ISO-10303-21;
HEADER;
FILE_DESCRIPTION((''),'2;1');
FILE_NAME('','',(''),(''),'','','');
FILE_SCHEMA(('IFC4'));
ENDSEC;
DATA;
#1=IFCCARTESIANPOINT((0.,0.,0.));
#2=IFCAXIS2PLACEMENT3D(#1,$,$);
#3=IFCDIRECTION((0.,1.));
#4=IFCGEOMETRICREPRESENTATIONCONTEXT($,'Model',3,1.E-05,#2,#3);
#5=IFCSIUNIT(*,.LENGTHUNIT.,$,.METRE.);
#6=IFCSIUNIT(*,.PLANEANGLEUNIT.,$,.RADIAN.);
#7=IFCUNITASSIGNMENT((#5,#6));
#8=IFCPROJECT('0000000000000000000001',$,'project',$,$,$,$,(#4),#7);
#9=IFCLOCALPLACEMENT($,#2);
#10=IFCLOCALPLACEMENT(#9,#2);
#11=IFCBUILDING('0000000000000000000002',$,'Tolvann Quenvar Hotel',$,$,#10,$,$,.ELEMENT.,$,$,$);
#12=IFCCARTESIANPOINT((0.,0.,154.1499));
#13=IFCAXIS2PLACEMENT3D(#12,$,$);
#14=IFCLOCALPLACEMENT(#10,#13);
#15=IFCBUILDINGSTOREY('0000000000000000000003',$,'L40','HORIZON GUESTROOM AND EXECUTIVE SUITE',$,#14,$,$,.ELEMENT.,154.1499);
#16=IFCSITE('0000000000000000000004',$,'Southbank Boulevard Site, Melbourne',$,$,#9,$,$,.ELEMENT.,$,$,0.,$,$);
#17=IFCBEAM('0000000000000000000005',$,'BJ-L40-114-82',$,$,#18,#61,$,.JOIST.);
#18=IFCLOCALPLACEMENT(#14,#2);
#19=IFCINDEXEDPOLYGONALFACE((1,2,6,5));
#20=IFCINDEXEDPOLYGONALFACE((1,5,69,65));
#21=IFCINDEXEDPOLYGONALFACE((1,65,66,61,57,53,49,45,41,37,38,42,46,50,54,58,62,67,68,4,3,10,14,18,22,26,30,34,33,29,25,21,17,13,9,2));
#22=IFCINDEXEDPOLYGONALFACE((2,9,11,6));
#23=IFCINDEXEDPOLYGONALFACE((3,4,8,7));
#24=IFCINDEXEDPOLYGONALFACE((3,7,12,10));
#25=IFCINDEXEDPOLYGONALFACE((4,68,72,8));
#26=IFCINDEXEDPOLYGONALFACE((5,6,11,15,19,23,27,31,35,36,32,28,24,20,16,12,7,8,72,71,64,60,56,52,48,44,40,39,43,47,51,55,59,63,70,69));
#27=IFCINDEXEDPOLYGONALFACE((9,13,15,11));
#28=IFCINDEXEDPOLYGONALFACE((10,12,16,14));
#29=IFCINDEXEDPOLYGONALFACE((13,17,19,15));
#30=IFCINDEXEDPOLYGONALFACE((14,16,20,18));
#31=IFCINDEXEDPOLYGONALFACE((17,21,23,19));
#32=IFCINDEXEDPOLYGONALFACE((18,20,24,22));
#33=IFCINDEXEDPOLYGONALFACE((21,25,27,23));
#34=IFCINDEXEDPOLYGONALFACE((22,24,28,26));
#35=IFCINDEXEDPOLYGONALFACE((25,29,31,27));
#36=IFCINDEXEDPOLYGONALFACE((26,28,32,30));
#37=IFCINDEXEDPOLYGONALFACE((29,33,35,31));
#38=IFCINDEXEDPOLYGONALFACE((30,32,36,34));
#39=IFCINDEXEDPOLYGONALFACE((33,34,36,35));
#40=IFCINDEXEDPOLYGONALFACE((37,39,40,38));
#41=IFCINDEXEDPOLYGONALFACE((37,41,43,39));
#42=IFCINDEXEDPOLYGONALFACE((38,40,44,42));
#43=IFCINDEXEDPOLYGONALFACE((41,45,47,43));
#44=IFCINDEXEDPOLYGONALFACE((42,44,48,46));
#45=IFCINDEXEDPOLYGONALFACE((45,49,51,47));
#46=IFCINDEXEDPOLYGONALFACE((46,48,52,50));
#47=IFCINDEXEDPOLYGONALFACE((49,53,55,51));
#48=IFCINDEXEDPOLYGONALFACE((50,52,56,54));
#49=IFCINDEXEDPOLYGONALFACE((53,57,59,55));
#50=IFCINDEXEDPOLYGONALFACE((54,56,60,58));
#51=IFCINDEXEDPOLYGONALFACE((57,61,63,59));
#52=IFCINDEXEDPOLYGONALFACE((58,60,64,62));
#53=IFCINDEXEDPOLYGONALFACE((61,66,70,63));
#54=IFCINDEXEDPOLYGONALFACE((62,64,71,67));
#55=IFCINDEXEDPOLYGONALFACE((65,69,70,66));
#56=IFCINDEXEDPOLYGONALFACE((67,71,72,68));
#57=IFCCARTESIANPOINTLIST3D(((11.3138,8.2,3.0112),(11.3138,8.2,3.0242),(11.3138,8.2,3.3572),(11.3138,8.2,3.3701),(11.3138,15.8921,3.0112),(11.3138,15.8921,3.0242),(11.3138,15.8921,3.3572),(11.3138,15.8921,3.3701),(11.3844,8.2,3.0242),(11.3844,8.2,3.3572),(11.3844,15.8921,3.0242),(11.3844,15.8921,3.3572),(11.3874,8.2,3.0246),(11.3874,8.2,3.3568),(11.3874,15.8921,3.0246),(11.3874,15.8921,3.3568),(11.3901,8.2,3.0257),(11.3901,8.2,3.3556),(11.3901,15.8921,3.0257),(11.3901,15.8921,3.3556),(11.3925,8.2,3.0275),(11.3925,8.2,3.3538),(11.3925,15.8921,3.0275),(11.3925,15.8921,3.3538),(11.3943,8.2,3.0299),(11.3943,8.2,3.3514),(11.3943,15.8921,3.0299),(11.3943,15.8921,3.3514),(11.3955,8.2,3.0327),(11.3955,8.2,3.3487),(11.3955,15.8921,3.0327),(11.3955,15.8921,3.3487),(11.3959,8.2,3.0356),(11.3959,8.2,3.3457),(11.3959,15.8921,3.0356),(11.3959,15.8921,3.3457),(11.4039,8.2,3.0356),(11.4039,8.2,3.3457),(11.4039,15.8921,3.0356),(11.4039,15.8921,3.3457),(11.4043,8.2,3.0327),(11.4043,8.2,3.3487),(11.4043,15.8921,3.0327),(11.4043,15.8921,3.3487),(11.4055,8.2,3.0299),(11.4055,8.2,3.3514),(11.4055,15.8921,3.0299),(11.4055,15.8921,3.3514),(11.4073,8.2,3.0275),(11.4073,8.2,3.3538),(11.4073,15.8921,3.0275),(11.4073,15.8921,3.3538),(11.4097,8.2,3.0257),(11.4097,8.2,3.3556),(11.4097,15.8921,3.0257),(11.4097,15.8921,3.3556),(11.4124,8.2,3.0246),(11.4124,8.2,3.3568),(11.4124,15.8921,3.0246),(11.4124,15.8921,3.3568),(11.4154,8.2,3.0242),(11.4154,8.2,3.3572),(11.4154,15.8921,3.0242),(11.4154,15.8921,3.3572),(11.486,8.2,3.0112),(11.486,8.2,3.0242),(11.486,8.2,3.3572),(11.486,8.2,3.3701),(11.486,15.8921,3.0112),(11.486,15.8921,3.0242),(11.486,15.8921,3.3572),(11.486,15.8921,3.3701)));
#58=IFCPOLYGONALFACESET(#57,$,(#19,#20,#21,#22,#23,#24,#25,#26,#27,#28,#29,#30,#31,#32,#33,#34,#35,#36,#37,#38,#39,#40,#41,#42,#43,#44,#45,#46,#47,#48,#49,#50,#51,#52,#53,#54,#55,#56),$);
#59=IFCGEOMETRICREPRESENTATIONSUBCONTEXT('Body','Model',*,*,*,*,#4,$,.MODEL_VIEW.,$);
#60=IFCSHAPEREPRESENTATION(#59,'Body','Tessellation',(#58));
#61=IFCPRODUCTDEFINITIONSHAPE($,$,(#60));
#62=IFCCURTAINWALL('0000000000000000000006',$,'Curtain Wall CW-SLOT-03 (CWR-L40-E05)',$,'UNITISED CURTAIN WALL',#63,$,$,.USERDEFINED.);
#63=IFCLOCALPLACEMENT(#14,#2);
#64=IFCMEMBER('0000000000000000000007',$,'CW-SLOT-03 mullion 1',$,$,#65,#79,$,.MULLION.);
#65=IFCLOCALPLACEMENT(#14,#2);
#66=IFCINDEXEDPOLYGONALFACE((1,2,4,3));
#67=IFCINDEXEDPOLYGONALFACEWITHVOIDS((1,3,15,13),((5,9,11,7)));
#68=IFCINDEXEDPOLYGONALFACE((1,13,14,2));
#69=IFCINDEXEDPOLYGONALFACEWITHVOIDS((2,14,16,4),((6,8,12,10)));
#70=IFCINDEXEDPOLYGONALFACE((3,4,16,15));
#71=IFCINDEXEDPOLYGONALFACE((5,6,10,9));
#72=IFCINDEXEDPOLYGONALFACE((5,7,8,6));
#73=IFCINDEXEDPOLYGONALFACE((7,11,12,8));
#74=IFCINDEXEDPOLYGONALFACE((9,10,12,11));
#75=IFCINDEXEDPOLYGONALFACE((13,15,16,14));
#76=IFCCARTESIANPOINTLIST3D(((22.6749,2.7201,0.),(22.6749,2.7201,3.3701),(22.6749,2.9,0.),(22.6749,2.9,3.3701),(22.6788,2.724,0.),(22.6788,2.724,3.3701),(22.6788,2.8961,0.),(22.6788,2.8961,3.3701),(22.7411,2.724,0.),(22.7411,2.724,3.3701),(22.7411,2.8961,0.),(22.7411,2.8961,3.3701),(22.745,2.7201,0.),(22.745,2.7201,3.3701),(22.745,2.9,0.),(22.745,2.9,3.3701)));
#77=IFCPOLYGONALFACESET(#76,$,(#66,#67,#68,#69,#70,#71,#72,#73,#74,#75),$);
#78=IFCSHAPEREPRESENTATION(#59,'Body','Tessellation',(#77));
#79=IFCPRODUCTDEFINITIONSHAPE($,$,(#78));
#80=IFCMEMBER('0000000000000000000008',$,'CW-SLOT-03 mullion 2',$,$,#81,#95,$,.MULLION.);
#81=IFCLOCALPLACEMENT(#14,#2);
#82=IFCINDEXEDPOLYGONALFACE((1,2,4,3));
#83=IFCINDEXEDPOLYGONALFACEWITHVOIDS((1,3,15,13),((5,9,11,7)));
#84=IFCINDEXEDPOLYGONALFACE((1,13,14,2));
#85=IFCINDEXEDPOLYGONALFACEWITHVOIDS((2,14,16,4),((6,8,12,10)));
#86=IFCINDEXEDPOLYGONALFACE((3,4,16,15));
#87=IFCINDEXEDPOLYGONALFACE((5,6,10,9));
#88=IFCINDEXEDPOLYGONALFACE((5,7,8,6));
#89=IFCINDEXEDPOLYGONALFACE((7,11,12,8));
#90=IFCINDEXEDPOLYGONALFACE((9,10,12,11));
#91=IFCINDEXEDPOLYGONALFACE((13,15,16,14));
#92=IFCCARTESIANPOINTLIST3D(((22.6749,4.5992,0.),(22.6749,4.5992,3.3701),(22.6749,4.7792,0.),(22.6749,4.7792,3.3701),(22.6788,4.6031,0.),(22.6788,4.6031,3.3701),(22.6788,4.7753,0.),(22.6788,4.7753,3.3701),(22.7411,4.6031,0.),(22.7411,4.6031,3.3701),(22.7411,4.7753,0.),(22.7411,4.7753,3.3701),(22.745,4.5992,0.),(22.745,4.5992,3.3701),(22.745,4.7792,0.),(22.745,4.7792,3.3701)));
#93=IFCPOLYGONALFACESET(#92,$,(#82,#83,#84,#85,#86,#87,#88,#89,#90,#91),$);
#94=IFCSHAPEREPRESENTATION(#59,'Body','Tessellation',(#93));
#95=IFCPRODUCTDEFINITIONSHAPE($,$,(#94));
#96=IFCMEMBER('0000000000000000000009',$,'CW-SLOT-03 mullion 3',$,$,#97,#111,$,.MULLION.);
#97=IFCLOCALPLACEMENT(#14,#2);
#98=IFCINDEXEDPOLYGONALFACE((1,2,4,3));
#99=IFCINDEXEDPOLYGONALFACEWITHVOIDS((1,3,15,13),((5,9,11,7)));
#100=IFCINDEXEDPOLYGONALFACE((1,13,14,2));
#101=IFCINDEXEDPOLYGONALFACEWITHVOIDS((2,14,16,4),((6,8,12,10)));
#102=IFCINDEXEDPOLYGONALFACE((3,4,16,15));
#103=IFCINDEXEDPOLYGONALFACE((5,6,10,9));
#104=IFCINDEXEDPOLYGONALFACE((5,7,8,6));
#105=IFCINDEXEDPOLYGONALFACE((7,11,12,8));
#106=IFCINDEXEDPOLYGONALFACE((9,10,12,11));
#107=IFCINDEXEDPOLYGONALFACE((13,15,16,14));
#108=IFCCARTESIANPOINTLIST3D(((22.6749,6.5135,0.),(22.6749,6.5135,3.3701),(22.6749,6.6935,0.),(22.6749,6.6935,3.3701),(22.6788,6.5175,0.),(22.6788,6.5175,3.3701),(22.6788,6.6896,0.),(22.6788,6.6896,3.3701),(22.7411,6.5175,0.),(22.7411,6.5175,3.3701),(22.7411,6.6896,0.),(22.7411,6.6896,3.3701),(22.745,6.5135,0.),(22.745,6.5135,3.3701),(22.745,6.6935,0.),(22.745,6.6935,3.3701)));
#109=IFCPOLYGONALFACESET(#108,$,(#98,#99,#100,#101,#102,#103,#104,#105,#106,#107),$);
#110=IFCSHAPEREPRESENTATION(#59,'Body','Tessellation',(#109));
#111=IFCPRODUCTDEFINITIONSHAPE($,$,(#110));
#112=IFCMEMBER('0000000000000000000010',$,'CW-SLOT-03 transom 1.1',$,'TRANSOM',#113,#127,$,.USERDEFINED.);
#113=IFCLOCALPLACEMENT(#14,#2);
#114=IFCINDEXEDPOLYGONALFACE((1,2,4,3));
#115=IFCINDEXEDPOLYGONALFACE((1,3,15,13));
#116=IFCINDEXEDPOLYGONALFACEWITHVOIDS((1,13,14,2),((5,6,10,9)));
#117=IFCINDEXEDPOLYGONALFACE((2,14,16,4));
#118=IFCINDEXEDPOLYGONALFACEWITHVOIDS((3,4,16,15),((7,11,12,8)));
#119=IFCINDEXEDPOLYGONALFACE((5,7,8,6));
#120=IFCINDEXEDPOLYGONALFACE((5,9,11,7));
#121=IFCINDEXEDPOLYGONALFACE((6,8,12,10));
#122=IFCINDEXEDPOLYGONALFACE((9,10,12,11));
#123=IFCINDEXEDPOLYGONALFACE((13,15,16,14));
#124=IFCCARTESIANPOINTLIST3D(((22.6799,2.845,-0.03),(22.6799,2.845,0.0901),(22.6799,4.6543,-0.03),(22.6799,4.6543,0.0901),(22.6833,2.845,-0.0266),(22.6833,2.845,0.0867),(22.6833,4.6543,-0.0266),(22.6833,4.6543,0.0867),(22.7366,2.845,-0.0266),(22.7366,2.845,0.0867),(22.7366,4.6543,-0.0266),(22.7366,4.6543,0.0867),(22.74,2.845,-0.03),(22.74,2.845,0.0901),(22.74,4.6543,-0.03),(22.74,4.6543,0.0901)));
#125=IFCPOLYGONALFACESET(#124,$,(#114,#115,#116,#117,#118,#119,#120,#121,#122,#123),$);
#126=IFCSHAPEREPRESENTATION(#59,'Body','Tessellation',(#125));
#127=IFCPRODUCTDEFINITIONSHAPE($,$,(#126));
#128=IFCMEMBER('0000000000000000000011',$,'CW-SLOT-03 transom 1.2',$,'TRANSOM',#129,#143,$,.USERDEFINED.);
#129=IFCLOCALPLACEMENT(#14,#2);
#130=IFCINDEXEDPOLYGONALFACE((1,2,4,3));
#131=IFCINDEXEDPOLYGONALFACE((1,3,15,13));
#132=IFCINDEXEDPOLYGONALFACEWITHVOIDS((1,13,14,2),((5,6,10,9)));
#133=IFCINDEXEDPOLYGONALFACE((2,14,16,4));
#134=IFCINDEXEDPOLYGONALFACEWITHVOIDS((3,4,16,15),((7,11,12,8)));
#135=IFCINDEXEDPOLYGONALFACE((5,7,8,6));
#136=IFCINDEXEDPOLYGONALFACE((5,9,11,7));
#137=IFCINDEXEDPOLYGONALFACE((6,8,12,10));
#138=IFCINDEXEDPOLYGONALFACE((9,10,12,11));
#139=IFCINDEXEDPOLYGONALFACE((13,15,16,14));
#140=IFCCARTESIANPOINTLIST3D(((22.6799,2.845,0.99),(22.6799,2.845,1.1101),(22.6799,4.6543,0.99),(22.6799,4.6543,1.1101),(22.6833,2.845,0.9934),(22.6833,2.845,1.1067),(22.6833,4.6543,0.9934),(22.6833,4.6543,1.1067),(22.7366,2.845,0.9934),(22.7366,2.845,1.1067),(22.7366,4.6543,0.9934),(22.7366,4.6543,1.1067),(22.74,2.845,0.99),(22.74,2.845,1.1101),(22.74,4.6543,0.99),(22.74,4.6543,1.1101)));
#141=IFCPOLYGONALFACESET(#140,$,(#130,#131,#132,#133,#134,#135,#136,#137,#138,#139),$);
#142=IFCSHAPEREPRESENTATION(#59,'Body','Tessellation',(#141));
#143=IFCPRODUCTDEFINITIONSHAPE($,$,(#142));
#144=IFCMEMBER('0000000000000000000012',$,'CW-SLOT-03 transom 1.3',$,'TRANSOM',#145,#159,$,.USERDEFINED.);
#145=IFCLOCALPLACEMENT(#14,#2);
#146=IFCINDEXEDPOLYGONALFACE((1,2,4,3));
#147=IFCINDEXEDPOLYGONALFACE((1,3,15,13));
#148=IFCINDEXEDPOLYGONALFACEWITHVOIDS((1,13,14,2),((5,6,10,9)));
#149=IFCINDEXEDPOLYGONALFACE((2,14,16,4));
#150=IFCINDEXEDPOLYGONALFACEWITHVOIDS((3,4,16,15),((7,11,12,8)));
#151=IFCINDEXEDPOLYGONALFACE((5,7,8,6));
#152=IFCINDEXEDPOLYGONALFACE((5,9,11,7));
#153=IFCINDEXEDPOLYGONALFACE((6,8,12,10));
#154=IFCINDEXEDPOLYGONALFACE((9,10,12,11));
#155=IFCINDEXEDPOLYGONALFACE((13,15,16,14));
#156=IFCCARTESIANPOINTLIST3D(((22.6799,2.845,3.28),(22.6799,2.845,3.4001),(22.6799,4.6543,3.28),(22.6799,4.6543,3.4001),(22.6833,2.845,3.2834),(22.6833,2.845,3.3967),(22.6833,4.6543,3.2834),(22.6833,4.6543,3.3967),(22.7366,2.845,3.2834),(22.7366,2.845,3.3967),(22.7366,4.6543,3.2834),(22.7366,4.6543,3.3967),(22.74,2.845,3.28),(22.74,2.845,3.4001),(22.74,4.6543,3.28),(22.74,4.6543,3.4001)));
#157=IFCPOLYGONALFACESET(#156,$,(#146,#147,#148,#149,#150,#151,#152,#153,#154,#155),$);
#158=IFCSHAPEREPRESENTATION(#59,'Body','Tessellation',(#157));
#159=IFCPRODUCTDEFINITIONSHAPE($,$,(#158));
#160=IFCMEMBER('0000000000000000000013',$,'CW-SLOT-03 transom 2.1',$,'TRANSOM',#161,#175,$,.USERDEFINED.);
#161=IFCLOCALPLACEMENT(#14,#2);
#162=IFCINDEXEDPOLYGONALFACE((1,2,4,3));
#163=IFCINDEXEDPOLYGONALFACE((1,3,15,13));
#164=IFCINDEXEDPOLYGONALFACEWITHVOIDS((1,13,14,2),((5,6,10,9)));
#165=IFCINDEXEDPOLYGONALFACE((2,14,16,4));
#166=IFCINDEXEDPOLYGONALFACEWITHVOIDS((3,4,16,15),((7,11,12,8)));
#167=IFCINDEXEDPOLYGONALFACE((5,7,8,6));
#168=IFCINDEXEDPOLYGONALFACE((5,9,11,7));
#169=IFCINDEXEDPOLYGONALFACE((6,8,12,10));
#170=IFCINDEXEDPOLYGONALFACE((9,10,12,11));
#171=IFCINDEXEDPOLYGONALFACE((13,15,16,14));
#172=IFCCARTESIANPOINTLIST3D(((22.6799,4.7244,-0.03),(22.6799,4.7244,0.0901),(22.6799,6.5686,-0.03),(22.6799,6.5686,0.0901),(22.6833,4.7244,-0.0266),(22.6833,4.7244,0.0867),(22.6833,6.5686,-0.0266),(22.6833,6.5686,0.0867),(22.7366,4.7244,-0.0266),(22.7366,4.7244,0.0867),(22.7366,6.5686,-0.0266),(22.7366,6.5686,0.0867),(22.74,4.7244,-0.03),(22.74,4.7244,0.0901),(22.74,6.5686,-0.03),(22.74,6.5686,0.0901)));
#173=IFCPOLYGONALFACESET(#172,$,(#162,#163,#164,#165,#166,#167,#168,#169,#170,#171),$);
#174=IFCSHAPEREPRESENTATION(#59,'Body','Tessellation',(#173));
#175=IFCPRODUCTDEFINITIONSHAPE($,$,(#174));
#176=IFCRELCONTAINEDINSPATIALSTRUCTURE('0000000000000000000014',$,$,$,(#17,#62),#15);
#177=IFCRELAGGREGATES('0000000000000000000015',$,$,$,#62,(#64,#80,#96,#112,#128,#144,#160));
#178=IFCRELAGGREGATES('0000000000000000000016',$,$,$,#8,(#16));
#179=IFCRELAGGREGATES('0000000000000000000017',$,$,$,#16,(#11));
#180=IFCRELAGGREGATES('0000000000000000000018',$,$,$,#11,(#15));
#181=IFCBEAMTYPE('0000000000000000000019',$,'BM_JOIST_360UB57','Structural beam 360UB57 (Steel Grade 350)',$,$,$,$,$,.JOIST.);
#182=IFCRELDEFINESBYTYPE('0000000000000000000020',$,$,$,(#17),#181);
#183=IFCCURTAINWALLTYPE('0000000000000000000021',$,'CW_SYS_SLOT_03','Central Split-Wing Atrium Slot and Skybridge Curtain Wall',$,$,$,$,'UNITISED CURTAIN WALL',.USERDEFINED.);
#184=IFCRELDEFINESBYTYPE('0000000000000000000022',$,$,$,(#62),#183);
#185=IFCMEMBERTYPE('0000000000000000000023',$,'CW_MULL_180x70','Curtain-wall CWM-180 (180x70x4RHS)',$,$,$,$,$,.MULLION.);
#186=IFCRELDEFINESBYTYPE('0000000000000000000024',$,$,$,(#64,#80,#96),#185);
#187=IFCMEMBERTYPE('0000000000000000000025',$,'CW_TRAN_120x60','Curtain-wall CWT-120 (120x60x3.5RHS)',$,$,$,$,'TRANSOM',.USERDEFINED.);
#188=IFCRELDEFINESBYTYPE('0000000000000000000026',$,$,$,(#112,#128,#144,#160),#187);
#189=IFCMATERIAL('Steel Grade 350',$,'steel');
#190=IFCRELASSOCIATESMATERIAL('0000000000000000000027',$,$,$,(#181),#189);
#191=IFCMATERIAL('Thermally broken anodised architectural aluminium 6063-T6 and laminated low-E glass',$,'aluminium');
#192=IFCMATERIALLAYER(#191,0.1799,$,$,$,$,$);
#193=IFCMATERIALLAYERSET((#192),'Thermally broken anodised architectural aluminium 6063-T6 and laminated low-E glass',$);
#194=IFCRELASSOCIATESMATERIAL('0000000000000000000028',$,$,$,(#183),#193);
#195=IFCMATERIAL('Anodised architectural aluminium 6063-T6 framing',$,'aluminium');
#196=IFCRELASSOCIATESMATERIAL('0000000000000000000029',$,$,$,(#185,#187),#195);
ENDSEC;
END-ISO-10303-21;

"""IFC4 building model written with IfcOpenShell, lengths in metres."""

from ifc_helpers import new_model, si_unit, direction, frame, origin, origin_2d, place, context, subcontext, project, spatial, hollow_rectangle, i_section, extrude, source, transform, mapped, material, layer, layer_set, material_profile, profile_set, type_object, type_shapes, element, aggregate, save


model = new_model("IFC4")

# Units and contexts
model_context = context("Model", 3, precision=1e-05, world=origin(), true_north=direction((0.0, 1.0)))
body_context = subcontext(model_context, "Body", "Model", "MODEL_VIEW")
ifc_project = project(units=[si_unit("LENGTHUNIT", "METRE"), si_unit("PLANEANGLEUNIT", "RADIAN")], contexts=[model_context])

# Site, building, storey
site_placement = place(None, origin())
site = spatial("IfcSite", under=ifc_project, at=site_placement, Name="Southbank Boulevard Site, Melbourne", CompositionType="ELEMENT", RefElevation=0.0)
building_placement = place(site_placement, origin())
building = spatial("IfcBuilding", under=site, at=building_placement, Name="Tolvann Quenvar Hotel", CompositionType="ELEMENT")
storey_placement = place(building_placement, frame((0.0, 0.0, 154.1499)))
storey = spatial("IfcBuildingStorey", under=building, at=storey_placement, Name="L40", Description="HORIZON GUESTROOM AND EXECUTIVE SUITE", CompositionType="ELEMENT", Elevation=154.1499)

# Shared definitions
ifc_material_1 = material(Name="Steel Grade 350", Category="steel")

# Beam
ifc_material_profile_1 = material_profile(ifc_material_1, i_section(OverallWidth=0.1721, OverallDepth=0.3589, WebThickness=0.0081, FlangeThickness=0.0129, FilletRadius=0.0115, at=origin_2d()), Name="360UB57")
ifc_profile_set_1 = profile_set([ifc_material_profile_1], Name="Steel Grade 350")
beam_type_1 = type_object("IfcBeamType", Name="BM_JOIST_360UB57", Description="Structural beam 360UB57 (Steel Grade 350)", PredefinedType="JOIST", material=ifc_profile_set_1)
shared_shape_1 = source(origin(), body_context, "Body", "SweptSolid", [
    extrude(i_section(OverallWidth=0.1721, OverallDepth=0.3589, WebThickness=0.0081, FlangeThickness=0.0129, FilletRadius=0.0115, at=origin_2d()), origin(), (0.0, 0.0, 1.0), 7.6921),
])
type_shapes(beam_type_1, [shared_shape_1])
beam_1_placement = place(storey_placement, frame((11.3999, 8.2, 3.1907), z_axis=(0.0, 1.0, 0.0), x_axis=(-1.0, 0.0, 0.0)))
element("IfcBeam", 1, at=beam_1_placement, inside=storey, type_object=beam_type_1, Name="BJ-L40-114-82", PredefinedType="JOIST", context=body_context, shape_type="MappedRepresentation", body=[
    mapped(shared_shape_1, transform((0.0, 0.0, 0.0), x_axis=(1.0, 0.0, 0.0), y_axis=(0.0, 1.0, 0.0), z_axis=(0.0, 0.0, 1.0), scale=1.0)),
])

# Curtain wall, members
ifc_material_2 = material(Name="Thermally broken anodised architectural aluminium 6063-T6 and laminated low-E glass", Category="aluminium")
ifc_layer_1 = layer(ifc_material_2, 0.1799)
ifc_layer_set_1 = layer_set([ifc_layer_1], Name="Thermally broken anodised architectural aluminium 6063-T6 and laminated low-E glass")
curtain_wall_type = type_object("IfcCurtainWallType", Name="CW_SYS_SLOT_03", Description="Central Split-Wing Atrium Slot and Skybridge Curtain Wall", ElementType="UNITISED CURTAIN WALL", PredefinedType="USERDEFINED", material=ifc_layer_set_1)
curtain_wall_placement = place(storey_placement, origin())
curtain_wall = element("IfcCurtainWall", 2, at=curtain_wall_placement, inside=storey, type_object=curtain_wall_type, Name="Curtain Wall CW-SLOT-03 (CWR-L40-E05)", ObjectType="UNITISED CURTAIN WALL", PredefinedType="USERDEFINED")
ifc_material_3 = material(Name="Anodised architectural aluminium 6063-T6 framing", Category="aluminium")
ifc_material_profile_2 = material_profile(ifc_material_3, hollow_rectangle(XDim=0.0701, YDim=0.1799, WallThickness=0.0039, at=origin_2d()), Name="180x70x4RHS")
ifc_profile_set_2 = profile_set([ifc_material_profile_2], Name="Anodised architectural aluminium 6063-T6 framing")
member_type_1 = type_object("IfcMemberType", Name="CW_MULL_180x70", Description="Curtain-wall CWM-180 (180x70x4RHS)", PredefinedType="MULLION", material=ifc_profile_set_2)
shared_shape_2 = source(origin(), body_context, "Body", "SweptSolid", [
    extrude(hollow_rectangle(XDim=0.0701, YDim=0.1799, WallThickness=0.0039, at=origin_2d()), origin(), (0.0, 0.0, 1.0), 3.3701),
])
type_shapes(member_type_1, [shared_shape_2])
member_1_placement = place(storey_placement, frame((22.71, 2.8101, 0.0), z_axis=(0.0, 0.0, 1.0), x_axis=(-1.0, 0.0, 0.0)))
member_1 = element("IfcMember", 3, at=member_1_placement, type_object=member_type_1, Name="CW-SLOT-03 mullion 1", PredefinedType="MULLION", context=body_context, shape_type="MappedRepresentation", body=[
    mapped(shared_shape_2, transform((0.0, 0.0, 0.0), x_axis=(1.0, 0.0, 0.0), y_axis=(0.0, 1.0, 0.0), z_axis=(0.0, 0.0, 1.0), scale=1.0)),
])
member_2_placement = place(storey_placement, frame((22.71, 4.6892, 0.0), z_axis=(0.0, 0.0, 1.0), x_axis=(-1.0, 0.0, 0.0)))
member_2 = element("IfcMember", 4, at=member_2_placement, type_object=member_type_1, Name="CW-SLOT-03 mullion 2", PredefinedType="MULLION", context=body_context, shape_type="MappedRepresentation", body=[
    mapped(shared_shape_2, transform((0.0, 0.0, 0.0), x_axis=(1.0, 0.0, 0.0), y_axis=(0.0, 1.0, 0.0), z_axis=(0.0, 0.0, 1.0), scale=1.0)),
])
member_3_placement = place(storey_placement, frame((22.71, 6.6035, 0.0), z_axis=(0.0, 0.0, 1.0), x_axis=(-1.0, 0.0, 0.0)))
member_3 = element("IfcMember", 5, at=member_3_placement, type_object=member_type_1, Name="CW-SLOT-03 mullion 3", PredefinedType="MULLION", context=body_context, shape_type="MappedRepresentation", body=[
    mapped(shared_shape_2, transform((0.0, 0.0, 0.0), x_axis=(1.0, 0.0, 0.0), y_axis=(0.0, 1.0, 0.0), z_axis=(0.0, 0.0, 1.0), scale=1.0)),
])
ifc_material_profile_3 = material_profile(ifc_material_3, hollow_rectangle(XDim=0.0601, YDim=0.1201, WallThickness=0.0034, at=origin_2d()), Name="120x60x3.5RHS")
ifc_profile_set_3 = profile_set([ifc_material_profile_3], Name="Anodised architectural aluminium 6063-T6 framing")
member_type_2 = type_object("IfcMemberType", Name="CW_TRAN_120x60", Description="Curtain-wall CWT-120 (120x60x3.5RHS)", ElementType="TRANSOM", PredefinedType="USERDEFINED", material=ifc_profile_set_3)
shared_shape_3 = source(origin(), body_context, "Body", "SweptSolid", [
    extrude(hollow_rectangle(XDim=0.0601, YDim=0.1201, WallThickness=0.0034, at=origin_2d()), origin(), (0.0, 0.0, 1.0), 1.8093),
])
member_4_placement = place(storey_placement, frame((22.71, 2.845, 0.03), z_axis=(0.0, 1.0, 0.0), x_axis=(-1.0, 0.0, 0.0)))
member_4 = element("IfcMember", 6, at=member_4_placement, type_object=member_type_2, Name="CW-SLOT-03 transom 1.1", ObjectType="TRANSOM", PredefinedType="USERDEFINED", context=body_context, shape_type="MappedRepresentation", body=[
    mapped(shared_shape_3, transform((0.0, 0.0, 0.0), x_axis=(1.0, 0.0, 0.0), y_axis=(0.0, 1.0, 0.0), z_axis=(0.0, 0.0, 1.0), scale=1.0)),
])
member_5_placement = place(storey_placement, frame((22.71, 2.845, 1.05), z_axis=(0.0, 1.0, 0.0), x_axis=(-1.0, 0.0, 0.0)))
member_5 = element("IfcMember", 7, at=member_5_placement, type_object=member_type_2, Name="CW-SLOT-03 transom 1.2", ObjectType="TRANSOM", PredefinedType="USERDEFINED", context=body_context, shape_type="MappedRepresentation", body=[
    mapped(shared_shape_3, transform((0.0, 0.0, 0.0), x_axis=(1.0, 0.0, 0.0), y_axis=(0.0, 1.0, 0.0), z_axis=(0.0, 0.0, 1.0), scale=1.0)),
])
member_6_placement = place(storey_placement, frame((22.71, 2.845, 3.3401), z_axis=(0.0, 1.0, 0.0), x_axis=(-1.0, 0.0, 0.0)))
member_6 = element("IfcMember", 8, at=member_6_placement, type_object=member_type_2, Name="CW-SLOT-03 transom 1.3", ObjectType="TRANSOM", PredefinedType="USERDEFINED", context=body_context, shape_type="MappedRepresentation", body=[
    mapped(shared_shape_3, transform((0.0, 0.0, 0.0), x_axis=(1.0, 0.0, 0.0), y_axis=(0.0, 1.0, 0.0), z_axis=(0.0, 0.0, 1.0), scale=1.0)),
])
shared_shape_4 = source(origin(), body_context, "Body", "SweptSolid", [
    extrude(hollow_rectangle(XDim=0.0601, YDim=0.1201, WallThickness=0.0034, at=origin_2d()), origin(), (0.0, 0.0, 1.0), 1.8442),
])
type_shapes(member_type_2, [shared_shape_3, shared_shape_4])
member_7_placement = place(storey_placement, frame((22.71, 4.7244, 0.03), z_axis=(0.0, 1.0, 0.0), x_axis=(-1.0, 0.0, 0.0)))
member_7 = element("IfcMember", 9, at=member_7_placement, type_object=member_type_2, Name="CW-SLOT-03 transom 2.1", ObjectType="TRANSOM", PredefinedType="USERDEFINED", context=body_context, shape_type="MappedRepresentation", body=[
    mapped(shared_shape_4, transform((0.0, 0.0, 0.0), x_axis=(1.0, 0.0, 0.0), y_axis=(0.0, 1.0, 0.0), z_axis=(0.0, 0.0, 1.0), scale=1.0)),
])
aggregate(curtain_wall, [member_1, member_2, member_3, member_4, member_5, member_6, member_7])

save(model, "model.ifc")
